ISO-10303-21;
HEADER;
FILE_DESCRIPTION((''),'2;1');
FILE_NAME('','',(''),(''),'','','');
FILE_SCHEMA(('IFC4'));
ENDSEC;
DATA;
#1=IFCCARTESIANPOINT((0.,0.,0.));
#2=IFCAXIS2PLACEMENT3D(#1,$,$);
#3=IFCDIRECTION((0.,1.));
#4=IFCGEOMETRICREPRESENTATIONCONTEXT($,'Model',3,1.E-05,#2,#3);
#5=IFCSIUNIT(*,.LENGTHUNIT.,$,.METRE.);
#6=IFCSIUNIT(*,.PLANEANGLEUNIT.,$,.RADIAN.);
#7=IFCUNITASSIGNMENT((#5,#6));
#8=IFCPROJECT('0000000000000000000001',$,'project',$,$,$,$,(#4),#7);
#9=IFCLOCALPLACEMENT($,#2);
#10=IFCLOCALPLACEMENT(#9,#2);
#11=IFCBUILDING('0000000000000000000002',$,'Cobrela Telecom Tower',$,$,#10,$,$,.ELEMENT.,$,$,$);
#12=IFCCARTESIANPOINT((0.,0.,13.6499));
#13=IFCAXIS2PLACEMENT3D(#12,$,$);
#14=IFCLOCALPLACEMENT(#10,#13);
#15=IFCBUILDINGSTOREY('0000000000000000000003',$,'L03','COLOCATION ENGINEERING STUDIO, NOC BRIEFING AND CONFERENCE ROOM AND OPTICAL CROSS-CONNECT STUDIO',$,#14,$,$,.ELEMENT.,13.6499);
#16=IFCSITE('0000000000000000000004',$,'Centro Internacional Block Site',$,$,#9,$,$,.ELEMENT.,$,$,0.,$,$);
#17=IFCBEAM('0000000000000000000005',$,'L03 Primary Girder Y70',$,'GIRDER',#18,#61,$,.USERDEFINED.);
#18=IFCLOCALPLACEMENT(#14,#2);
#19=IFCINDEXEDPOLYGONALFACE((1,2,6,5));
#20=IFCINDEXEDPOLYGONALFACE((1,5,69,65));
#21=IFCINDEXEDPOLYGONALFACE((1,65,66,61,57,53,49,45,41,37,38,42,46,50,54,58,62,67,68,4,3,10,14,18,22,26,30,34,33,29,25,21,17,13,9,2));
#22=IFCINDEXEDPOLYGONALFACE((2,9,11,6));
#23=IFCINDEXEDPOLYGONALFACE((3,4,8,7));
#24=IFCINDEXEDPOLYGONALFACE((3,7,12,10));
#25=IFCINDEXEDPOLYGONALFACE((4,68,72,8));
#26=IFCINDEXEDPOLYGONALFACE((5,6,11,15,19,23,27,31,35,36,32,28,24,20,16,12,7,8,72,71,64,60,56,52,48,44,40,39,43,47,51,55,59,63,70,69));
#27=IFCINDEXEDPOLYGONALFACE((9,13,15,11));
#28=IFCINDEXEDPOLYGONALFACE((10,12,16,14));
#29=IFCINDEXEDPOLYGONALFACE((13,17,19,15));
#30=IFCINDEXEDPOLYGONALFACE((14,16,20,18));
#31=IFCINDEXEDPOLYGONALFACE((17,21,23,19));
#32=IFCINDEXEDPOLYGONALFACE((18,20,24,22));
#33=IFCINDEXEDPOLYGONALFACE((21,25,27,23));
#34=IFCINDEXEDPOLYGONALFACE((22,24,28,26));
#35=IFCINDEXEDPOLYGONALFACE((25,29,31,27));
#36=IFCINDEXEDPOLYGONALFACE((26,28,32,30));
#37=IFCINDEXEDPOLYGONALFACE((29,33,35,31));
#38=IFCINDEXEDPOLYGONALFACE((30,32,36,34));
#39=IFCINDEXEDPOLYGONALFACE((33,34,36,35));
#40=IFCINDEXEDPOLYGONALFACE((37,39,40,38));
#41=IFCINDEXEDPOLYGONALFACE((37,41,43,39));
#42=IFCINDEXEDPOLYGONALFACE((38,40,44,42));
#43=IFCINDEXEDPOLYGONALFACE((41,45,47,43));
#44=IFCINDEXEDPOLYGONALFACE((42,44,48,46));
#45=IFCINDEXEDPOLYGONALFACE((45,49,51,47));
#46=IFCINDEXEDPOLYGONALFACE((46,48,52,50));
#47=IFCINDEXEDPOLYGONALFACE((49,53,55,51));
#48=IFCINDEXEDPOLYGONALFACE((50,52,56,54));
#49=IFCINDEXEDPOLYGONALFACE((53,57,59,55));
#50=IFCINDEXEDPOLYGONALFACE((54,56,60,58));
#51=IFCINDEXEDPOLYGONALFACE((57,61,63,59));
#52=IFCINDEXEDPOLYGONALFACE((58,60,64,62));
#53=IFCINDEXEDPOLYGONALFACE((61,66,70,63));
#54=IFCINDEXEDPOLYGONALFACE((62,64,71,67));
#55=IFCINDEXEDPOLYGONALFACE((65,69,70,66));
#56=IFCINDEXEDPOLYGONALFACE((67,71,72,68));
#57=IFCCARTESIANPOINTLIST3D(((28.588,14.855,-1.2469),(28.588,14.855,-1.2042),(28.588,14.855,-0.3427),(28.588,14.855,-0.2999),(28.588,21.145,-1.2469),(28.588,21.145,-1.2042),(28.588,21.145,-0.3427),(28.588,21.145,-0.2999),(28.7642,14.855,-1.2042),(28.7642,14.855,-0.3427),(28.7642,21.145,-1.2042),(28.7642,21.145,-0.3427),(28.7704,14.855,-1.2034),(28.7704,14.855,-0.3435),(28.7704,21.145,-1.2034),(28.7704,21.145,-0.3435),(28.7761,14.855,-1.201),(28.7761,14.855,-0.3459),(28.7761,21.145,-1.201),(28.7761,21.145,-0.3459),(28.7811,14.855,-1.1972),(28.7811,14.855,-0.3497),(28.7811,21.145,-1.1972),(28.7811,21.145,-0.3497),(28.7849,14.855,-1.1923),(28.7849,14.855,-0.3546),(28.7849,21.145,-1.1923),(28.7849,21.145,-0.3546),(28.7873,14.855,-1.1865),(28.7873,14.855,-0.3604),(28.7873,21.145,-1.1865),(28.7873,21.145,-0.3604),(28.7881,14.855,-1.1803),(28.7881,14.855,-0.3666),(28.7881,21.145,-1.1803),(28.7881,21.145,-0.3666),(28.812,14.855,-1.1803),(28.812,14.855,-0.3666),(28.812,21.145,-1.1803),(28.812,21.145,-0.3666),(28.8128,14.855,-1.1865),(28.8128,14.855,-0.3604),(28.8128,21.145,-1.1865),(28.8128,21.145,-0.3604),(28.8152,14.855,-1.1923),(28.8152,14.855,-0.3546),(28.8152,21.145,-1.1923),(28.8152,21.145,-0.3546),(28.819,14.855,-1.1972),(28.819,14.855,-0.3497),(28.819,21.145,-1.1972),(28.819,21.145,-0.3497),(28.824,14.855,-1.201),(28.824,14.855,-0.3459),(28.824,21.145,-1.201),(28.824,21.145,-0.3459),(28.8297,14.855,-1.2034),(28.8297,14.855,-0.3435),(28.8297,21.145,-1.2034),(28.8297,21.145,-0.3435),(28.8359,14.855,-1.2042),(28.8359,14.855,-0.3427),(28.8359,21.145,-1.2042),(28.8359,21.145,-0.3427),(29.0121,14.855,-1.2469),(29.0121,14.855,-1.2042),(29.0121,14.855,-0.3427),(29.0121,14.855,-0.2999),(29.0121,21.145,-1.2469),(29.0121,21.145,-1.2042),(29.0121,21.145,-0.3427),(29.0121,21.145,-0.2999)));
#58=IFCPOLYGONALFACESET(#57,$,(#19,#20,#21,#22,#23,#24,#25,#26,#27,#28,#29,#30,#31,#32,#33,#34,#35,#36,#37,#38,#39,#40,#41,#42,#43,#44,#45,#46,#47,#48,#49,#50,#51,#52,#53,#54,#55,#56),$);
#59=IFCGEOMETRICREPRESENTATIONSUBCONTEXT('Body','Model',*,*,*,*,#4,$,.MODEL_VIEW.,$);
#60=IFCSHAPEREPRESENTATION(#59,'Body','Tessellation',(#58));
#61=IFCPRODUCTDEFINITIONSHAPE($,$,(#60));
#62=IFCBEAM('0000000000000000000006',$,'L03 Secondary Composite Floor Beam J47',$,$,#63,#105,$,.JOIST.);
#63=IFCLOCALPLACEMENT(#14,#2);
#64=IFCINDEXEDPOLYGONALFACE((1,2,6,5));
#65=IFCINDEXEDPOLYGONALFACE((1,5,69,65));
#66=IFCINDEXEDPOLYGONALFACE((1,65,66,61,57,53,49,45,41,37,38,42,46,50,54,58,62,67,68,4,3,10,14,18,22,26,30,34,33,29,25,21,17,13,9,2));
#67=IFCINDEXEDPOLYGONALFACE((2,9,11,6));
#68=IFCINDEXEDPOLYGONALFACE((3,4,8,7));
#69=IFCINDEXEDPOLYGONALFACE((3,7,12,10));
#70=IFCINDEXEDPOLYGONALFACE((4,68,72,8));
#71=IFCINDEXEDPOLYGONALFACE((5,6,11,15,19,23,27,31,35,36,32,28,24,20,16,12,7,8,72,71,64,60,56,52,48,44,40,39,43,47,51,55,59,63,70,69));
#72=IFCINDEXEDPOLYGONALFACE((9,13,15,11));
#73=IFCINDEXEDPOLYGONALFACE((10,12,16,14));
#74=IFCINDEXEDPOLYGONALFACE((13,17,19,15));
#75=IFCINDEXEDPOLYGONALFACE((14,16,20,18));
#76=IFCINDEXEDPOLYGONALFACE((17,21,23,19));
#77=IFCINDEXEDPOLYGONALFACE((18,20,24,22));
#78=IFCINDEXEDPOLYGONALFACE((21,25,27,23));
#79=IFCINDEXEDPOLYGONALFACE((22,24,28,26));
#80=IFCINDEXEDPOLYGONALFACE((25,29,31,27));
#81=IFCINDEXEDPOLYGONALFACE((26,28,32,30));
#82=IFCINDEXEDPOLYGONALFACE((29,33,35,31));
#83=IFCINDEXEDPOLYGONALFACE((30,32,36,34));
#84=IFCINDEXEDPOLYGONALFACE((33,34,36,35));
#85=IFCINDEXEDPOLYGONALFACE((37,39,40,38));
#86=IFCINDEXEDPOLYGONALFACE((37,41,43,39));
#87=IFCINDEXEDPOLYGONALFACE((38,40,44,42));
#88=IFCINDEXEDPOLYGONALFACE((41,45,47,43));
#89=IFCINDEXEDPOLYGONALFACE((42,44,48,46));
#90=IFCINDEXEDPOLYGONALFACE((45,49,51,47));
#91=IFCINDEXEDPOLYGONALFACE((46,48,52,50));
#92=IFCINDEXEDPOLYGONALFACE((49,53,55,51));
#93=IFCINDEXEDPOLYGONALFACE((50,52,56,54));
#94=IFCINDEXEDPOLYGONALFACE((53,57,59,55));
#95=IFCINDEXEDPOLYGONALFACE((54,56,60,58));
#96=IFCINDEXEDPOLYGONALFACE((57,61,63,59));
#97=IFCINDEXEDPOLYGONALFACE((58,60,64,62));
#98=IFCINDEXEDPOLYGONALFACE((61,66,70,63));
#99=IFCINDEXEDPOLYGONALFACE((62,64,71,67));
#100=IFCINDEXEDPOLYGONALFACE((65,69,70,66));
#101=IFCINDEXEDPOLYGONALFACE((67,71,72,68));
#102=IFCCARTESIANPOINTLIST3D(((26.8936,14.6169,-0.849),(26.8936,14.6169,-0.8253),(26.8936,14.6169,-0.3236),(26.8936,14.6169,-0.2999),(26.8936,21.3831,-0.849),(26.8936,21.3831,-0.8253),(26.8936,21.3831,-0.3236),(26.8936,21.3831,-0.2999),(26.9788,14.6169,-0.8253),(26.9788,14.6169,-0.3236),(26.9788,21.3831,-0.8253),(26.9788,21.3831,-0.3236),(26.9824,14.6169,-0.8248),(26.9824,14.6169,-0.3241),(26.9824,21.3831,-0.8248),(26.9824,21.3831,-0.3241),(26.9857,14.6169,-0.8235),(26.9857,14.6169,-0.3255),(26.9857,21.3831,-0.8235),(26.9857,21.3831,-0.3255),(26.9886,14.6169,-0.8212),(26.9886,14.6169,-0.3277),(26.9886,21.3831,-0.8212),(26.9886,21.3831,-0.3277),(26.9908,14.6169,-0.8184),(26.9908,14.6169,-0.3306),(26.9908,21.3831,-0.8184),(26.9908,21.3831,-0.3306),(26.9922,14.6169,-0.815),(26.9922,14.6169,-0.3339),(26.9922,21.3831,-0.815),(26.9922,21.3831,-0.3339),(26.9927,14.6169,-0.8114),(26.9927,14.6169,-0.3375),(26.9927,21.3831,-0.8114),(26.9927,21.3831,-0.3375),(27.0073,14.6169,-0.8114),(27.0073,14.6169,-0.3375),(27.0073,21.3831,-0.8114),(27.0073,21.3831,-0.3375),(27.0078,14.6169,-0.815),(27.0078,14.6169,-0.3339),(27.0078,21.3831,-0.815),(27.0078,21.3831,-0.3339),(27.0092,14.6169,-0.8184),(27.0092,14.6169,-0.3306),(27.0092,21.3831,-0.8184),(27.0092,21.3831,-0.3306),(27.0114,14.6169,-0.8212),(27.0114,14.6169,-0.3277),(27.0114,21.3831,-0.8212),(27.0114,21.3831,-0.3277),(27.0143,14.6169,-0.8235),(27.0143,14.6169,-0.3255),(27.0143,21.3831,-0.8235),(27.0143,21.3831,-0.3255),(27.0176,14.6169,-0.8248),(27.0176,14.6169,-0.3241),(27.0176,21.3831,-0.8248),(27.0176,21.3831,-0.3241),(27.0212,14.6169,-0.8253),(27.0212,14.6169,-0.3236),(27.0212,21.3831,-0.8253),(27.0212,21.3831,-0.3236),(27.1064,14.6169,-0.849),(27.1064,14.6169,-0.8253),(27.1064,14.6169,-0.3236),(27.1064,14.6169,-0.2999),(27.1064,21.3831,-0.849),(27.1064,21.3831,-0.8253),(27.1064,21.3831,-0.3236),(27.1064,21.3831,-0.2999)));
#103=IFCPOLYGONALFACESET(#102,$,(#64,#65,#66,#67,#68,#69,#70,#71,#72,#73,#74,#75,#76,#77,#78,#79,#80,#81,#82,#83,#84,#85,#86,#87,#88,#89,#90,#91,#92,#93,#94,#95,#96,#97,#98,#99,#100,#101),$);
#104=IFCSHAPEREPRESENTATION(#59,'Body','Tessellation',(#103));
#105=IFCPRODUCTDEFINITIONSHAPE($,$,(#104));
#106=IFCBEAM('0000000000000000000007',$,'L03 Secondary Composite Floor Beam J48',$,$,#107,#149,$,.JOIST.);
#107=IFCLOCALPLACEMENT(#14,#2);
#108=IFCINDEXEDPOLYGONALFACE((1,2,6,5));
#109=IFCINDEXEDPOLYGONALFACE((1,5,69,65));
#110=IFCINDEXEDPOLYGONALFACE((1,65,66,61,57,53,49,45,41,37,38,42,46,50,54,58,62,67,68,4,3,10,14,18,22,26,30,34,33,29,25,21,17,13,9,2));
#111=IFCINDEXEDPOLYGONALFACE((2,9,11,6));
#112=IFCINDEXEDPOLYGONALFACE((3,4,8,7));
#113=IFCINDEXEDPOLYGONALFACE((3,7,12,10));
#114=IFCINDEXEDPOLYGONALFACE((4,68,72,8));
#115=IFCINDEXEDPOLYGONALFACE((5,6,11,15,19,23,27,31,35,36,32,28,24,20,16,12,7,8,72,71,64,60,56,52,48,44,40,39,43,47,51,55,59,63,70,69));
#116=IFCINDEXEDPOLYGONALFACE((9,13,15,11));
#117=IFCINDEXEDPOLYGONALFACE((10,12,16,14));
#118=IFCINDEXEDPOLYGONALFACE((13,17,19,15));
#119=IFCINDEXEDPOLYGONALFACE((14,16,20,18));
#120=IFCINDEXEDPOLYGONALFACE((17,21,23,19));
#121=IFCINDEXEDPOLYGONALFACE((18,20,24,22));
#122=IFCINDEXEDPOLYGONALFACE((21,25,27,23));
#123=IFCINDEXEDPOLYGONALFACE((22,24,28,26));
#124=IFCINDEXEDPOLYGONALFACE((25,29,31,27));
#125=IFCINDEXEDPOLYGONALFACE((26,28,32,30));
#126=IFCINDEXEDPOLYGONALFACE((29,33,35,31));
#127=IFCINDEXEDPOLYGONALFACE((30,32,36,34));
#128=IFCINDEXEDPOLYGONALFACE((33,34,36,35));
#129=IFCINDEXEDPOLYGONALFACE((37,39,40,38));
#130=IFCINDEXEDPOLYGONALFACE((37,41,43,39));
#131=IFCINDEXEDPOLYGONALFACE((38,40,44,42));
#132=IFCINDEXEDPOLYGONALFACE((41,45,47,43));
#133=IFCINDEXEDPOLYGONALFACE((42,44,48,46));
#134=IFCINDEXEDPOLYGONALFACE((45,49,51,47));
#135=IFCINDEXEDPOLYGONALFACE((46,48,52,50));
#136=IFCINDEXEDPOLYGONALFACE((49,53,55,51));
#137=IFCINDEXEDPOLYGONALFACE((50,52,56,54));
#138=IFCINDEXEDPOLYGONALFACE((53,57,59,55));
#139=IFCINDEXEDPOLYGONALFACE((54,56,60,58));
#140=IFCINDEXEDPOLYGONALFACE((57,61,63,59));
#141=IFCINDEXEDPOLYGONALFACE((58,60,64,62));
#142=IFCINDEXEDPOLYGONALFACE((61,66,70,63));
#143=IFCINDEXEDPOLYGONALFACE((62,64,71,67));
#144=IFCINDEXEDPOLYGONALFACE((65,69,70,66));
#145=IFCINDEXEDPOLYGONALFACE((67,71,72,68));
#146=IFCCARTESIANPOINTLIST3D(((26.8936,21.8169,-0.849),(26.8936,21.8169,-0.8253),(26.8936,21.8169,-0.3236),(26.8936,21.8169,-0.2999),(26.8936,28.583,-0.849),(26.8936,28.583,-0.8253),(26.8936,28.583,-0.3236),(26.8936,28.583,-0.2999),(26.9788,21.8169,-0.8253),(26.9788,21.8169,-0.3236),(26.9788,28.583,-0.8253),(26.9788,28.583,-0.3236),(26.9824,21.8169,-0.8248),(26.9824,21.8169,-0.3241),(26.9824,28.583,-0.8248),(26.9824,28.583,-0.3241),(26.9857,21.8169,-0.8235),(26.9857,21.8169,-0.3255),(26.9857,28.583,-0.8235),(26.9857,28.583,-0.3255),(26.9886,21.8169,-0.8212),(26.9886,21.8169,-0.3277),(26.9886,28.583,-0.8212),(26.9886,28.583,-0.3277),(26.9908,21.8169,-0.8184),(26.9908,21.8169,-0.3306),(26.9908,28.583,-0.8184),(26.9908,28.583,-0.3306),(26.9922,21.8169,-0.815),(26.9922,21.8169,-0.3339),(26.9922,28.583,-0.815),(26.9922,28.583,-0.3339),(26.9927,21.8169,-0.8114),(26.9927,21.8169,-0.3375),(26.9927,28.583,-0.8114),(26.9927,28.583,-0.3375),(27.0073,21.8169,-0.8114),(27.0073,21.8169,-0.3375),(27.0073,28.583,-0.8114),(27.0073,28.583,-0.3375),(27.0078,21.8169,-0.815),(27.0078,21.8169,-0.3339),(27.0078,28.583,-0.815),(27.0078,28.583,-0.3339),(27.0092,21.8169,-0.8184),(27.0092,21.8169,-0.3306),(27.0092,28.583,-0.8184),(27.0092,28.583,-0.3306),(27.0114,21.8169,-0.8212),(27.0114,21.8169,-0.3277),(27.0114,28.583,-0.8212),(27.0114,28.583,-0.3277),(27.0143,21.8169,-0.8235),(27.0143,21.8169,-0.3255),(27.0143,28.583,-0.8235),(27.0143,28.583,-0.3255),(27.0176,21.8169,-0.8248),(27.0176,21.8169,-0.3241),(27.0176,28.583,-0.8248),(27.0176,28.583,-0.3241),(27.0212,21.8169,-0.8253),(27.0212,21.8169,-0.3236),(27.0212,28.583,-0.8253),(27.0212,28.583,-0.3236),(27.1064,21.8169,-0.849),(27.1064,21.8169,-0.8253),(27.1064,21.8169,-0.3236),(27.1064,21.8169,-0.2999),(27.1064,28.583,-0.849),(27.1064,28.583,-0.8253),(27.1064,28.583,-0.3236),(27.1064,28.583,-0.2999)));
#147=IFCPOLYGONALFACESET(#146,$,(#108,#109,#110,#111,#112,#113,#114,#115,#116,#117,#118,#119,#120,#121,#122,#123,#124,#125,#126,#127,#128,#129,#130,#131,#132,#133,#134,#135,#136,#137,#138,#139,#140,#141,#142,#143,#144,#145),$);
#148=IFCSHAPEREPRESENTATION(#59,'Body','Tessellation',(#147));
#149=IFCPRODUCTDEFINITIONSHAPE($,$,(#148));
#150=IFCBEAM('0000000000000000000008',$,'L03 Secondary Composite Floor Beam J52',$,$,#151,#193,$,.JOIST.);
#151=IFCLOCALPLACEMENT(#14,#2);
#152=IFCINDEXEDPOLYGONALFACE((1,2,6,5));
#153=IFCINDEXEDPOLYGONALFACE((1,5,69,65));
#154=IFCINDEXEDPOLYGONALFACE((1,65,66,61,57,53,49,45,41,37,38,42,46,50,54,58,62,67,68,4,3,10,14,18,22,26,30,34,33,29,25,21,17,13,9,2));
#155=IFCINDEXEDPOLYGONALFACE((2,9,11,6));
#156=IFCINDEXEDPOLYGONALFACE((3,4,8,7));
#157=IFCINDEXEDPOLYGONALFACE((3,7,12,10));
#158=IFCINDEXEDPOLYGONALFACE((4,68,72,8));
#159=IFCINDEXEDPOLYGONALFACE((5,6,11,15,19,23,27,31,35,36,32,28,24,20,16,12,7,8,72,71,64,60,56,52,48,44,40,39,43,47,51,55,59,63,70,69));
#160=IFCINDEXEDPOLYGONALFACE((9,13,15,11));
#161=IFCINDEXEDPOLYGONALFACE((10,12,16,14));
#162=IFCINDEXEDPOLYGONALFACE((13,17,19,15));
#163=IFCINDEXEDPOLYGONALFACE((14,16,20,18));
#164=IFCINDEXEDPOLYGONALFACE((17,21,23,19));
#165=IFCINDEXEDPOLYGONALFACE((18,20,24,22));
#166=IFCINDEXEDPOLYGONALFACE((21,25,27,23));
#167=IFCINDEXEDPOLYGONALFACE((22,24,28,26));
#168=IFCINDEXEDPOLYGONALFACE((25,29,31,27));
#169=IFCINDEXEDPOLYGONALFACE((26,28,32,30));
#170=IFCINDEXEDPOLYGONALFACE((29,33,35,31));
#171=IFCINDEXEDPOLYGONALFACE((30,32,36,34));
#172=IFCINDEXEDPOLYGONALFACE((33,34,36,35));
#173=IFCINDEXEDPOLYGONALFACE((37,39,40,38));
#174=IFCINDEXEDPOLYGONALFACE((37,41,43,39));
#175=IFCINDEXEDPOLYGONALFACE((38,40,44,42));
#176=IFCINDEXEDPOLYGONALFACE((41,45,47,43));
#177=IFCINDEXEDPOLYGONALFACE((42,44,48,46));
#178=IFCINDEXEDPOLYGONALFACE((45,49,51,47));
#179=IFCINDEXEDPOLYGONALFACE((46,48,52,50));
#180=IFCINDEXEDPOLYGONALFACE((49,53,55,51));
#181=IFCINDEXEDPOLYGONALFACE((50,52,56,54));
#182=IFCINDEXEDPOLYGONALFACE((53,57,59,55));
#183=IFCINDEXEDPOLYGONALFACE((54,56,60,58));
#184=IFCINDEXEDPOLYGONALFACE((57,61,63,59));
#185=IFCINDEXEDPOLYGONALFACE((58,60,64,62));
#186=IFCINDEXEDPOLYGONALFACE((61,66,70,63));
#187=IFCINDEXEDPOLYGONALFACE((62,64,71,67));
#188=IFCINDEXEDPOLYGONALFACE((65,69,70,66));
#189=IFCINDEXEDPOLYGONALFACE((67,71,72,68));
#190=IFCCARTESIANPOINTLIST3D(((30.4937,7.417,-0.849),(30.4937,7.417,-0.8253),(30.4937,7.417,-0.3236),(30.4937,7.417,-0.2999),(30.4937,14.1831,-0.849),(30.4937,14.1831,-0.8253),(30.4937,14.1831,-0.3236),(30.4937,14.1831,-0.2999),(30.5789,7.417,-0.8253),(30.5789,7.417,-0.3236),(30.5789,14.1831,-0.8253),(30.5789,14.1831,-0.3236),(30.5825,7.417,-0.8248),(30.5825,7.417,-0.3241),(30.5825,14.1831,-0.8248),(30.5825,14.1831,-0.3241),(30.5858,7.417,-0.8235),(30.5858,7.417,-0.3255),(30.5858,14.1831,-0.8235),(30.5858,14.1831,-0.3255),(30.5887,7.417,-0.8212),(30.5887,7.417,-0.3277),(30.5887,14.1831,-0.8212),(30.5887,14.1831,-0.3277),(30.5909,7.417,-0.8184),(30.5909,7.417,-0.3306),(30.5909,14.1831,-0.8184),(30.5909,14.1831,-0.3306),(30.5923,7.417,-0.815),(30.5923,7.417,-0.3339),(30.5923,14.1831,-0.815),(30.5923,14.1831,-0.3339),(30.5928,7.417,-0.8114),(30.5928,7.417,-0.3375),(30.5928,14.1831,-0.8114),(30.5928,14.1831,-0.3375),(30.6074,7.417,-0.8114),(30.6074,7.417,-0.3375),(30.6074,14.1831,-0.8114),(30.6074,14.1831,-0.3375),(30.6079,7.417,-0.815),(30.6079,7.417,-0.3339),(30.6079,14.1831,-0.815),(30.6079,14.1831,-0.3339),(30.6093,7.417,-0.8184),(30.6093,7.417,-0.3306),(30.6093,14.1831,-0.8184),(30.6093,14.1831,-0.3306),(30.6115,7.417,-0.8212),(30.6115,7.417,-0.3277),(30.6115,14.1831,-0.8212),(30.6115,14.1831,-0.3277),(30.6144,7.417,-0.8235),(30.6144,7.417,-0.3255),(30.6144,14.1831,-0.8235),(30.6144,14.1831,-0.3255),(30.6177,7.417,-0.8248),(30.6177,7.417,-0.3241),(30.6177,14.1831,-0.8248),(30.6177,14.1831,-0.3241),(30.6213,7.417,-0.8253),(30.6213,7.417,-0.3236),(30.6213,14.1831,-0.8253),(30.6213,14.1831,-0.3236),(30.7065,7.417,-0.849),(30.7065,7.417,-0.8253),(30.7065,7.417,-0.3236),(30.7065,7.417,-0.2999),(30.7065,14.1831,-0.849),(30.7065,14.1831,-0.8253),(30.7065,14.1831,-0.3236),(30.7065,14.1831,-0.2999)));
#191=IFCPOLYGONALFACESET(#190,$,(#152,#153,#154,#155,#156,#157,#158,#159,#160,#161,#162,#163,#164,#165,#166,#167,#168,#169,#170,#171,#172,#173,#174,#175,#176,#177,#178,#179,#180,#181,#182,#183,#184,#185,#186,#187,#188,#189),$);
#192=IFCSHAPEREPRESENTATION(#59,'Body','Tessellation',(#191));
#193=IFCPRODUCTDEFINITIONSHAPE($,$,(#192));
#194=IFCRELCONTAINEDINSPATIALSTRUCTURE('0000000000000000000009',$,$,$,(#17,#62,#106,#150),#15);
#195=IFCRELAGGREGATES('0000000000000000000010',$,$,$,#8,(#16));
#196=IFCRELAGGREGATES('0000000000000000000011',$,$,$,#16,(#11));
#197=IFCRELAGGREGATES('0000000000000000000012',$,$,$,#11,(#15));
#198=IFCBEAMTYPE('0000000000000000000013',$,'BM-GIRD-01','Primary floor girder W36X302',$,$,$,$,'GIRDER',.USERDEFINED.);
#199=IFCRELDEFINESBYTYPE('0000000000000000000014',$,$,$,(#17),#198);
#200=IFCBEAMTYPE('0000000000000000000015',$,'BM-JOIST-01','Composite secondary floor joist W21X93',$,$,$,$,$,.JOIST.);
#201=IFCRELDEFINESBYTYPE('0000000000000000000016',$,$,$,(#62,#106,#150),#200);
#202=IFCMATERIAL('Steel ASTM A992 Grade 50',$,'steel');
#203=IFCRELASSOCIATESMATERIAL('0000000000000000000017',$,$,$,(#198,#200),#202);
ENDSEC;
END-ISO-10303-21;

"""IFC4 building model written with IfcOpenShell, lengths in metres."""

from ifc_helpers import new_model, si_unit, direction, frame, origin, origin_2d, place, context, subcontext, project, spatial, i_section, extrude, material, material_profile, profile_set, type_object, element, save


model = new_model("IFC4")

# Units and contexts
model_context = context("Model", 3, precision=1e-05, world=origin(), true_north=direction((0.0, 1.0)))
body_context = subcontext(model_context, "Body", "Model", "MODEL_VIEW")
ifc_project = project(units=[si_unit("LENGTHUNIT", "METRE"), si_unit("PLANEANGLEUNIT", "RADIAN")], contexts=[model_context])

# Site, building, storey
site_placement = place(None, origin())
site = spatial("IfcSite", under=ifc_project, at=site_placement, Name="Centro Internacional Block Site", CompositionType="ELEMENT", RefElevation=0.0)
building_placement = place(site_placement, origin())
building = spatial("IfcBuilding", under=site, at=building_placement, Name="Cobrela Telecom Tower", CompositionType="ELEMENT")
storey_placement = place(building_placement, frame((0.0, 0.0, 13.6499)))
storey = spatial("IfcBuildingStorey", under=building, at=storey_placement, Name="L03", Description="COLOCATION ENGINEERING STUDIO, NOC BRIEFING AND CONFERENCE ROOM AND OPTICAL CROSS-CONNECT STUDIO", CompositionType="ELEMENT", Elevation=13.6499)

# Beams
ifc_material_1 = material(Name="Steel ASTM A992 Grade 50", Category="steel")
ifc_material_profile_1 = material_profile(ifc_material_1, i_section(OverallWidth=0.4241, OverallDepth=0.947, WebThickness=0.0239, FlangeThickness=0.0427, FilletRadius=0.0239, at=origin_2d()), Name="W36X302")
ifc_profile_set_1 = profile_set([ifc_material_profile_1], Name="Steel ASTM A992 Grade 50")
beam_type_1 = type_object("IfcBeamType", Name="BM-GIRD-01", Description="Primary floor girder W36X302", ElementType="GIRDER", PredefinedType="USERDEFINED", material=ifc_profile_set_1)
for number, where, z_axis, x_axis, name in (
    (1, (28.8, 14.855, -0.7734), (0.0, 1.0, 0.0), (-1.0, 0.0, 0.0), "L03 Primary Girder Y70"),
):
    element("IfcBeam", number, at=place(storey_placement, frame(where, z_axis=z_axis, x_axis=x_axis)), inside=storey, type_object=beam_type_1, Name=name, ObjectType="GIRDER", PredefinedType="USERDEFINED", context=body_context, shape_type="SweptSolid", body=[
        extrude(i_section(OverallWidth=0.4241, OverallDepth=0.947, WebThickness=0.0239, FlangeThickness=0.0427, FilletRadius=0.0239, at=origin_2d()), origin(), (0.0, 0.0, 1.0), 6.29),
    ])
ifc_material_profile_2 = material_profile(ifc_material_1, i_section(OverallWidth=0.2129, OverallDepth=0.5491, WebThickness=0.0146, FlangeThickness=0.0237, FilletRadius=0.0139, at=origin_2d()), Name="W21X93")
ifc_profile_set_2 = profile_set([ifc_material_profile_2], Name="Steel ASTM A992 Grade 50")
beam_type_2 = type_object("IfcBeamType", Name="BM-JOIST-01", Description="Composite secondary floor joist W21X93", PredefinedType="JOIST", material=ifc_profile_set_2)
for number, where, z_axis, x_axis, name in (
    (2, (27.0, 14.6169, -0.5745), (0.0, 1.0, 0.0), (-1.0, 0.0, 0.0), "L03 Secondary Composite Floor Beam J47"),
    (3, (27.0, 21.8169, -0.5745), (0.0, 1.0, 0.0), (-1.0, 0.0, 0.0), "L03 Secondary Composite Floor Beam J48"),
    (4, (30.6001, 7.417, -0.5745), (0.0, 1.0, 0.0), (-1.0, 0.0, 0.0), "L03 Secondary Composite Floor Beam J52"),
):
    element("IfcBeam", number, at=place(storey_placement, frame(where, z_axis=z_axis, x_axis=x_axis)), inside=storey, type_object=beam_type_2, Name=name, PredefinedType="JOIST", context=body_context, shape_type="SweptSolid", body=[
        extrude(i_section(OverallWidth=0.2129, OverallDepth=0.5491, WebThickness=0.0146, FlangeThickness=0.0237, FilletRadius=0.0139, at=origin_2d()), origin(), (0.0, 0.0, 1.0), 6.7661),
    ])

save(model, "model.ifc")
